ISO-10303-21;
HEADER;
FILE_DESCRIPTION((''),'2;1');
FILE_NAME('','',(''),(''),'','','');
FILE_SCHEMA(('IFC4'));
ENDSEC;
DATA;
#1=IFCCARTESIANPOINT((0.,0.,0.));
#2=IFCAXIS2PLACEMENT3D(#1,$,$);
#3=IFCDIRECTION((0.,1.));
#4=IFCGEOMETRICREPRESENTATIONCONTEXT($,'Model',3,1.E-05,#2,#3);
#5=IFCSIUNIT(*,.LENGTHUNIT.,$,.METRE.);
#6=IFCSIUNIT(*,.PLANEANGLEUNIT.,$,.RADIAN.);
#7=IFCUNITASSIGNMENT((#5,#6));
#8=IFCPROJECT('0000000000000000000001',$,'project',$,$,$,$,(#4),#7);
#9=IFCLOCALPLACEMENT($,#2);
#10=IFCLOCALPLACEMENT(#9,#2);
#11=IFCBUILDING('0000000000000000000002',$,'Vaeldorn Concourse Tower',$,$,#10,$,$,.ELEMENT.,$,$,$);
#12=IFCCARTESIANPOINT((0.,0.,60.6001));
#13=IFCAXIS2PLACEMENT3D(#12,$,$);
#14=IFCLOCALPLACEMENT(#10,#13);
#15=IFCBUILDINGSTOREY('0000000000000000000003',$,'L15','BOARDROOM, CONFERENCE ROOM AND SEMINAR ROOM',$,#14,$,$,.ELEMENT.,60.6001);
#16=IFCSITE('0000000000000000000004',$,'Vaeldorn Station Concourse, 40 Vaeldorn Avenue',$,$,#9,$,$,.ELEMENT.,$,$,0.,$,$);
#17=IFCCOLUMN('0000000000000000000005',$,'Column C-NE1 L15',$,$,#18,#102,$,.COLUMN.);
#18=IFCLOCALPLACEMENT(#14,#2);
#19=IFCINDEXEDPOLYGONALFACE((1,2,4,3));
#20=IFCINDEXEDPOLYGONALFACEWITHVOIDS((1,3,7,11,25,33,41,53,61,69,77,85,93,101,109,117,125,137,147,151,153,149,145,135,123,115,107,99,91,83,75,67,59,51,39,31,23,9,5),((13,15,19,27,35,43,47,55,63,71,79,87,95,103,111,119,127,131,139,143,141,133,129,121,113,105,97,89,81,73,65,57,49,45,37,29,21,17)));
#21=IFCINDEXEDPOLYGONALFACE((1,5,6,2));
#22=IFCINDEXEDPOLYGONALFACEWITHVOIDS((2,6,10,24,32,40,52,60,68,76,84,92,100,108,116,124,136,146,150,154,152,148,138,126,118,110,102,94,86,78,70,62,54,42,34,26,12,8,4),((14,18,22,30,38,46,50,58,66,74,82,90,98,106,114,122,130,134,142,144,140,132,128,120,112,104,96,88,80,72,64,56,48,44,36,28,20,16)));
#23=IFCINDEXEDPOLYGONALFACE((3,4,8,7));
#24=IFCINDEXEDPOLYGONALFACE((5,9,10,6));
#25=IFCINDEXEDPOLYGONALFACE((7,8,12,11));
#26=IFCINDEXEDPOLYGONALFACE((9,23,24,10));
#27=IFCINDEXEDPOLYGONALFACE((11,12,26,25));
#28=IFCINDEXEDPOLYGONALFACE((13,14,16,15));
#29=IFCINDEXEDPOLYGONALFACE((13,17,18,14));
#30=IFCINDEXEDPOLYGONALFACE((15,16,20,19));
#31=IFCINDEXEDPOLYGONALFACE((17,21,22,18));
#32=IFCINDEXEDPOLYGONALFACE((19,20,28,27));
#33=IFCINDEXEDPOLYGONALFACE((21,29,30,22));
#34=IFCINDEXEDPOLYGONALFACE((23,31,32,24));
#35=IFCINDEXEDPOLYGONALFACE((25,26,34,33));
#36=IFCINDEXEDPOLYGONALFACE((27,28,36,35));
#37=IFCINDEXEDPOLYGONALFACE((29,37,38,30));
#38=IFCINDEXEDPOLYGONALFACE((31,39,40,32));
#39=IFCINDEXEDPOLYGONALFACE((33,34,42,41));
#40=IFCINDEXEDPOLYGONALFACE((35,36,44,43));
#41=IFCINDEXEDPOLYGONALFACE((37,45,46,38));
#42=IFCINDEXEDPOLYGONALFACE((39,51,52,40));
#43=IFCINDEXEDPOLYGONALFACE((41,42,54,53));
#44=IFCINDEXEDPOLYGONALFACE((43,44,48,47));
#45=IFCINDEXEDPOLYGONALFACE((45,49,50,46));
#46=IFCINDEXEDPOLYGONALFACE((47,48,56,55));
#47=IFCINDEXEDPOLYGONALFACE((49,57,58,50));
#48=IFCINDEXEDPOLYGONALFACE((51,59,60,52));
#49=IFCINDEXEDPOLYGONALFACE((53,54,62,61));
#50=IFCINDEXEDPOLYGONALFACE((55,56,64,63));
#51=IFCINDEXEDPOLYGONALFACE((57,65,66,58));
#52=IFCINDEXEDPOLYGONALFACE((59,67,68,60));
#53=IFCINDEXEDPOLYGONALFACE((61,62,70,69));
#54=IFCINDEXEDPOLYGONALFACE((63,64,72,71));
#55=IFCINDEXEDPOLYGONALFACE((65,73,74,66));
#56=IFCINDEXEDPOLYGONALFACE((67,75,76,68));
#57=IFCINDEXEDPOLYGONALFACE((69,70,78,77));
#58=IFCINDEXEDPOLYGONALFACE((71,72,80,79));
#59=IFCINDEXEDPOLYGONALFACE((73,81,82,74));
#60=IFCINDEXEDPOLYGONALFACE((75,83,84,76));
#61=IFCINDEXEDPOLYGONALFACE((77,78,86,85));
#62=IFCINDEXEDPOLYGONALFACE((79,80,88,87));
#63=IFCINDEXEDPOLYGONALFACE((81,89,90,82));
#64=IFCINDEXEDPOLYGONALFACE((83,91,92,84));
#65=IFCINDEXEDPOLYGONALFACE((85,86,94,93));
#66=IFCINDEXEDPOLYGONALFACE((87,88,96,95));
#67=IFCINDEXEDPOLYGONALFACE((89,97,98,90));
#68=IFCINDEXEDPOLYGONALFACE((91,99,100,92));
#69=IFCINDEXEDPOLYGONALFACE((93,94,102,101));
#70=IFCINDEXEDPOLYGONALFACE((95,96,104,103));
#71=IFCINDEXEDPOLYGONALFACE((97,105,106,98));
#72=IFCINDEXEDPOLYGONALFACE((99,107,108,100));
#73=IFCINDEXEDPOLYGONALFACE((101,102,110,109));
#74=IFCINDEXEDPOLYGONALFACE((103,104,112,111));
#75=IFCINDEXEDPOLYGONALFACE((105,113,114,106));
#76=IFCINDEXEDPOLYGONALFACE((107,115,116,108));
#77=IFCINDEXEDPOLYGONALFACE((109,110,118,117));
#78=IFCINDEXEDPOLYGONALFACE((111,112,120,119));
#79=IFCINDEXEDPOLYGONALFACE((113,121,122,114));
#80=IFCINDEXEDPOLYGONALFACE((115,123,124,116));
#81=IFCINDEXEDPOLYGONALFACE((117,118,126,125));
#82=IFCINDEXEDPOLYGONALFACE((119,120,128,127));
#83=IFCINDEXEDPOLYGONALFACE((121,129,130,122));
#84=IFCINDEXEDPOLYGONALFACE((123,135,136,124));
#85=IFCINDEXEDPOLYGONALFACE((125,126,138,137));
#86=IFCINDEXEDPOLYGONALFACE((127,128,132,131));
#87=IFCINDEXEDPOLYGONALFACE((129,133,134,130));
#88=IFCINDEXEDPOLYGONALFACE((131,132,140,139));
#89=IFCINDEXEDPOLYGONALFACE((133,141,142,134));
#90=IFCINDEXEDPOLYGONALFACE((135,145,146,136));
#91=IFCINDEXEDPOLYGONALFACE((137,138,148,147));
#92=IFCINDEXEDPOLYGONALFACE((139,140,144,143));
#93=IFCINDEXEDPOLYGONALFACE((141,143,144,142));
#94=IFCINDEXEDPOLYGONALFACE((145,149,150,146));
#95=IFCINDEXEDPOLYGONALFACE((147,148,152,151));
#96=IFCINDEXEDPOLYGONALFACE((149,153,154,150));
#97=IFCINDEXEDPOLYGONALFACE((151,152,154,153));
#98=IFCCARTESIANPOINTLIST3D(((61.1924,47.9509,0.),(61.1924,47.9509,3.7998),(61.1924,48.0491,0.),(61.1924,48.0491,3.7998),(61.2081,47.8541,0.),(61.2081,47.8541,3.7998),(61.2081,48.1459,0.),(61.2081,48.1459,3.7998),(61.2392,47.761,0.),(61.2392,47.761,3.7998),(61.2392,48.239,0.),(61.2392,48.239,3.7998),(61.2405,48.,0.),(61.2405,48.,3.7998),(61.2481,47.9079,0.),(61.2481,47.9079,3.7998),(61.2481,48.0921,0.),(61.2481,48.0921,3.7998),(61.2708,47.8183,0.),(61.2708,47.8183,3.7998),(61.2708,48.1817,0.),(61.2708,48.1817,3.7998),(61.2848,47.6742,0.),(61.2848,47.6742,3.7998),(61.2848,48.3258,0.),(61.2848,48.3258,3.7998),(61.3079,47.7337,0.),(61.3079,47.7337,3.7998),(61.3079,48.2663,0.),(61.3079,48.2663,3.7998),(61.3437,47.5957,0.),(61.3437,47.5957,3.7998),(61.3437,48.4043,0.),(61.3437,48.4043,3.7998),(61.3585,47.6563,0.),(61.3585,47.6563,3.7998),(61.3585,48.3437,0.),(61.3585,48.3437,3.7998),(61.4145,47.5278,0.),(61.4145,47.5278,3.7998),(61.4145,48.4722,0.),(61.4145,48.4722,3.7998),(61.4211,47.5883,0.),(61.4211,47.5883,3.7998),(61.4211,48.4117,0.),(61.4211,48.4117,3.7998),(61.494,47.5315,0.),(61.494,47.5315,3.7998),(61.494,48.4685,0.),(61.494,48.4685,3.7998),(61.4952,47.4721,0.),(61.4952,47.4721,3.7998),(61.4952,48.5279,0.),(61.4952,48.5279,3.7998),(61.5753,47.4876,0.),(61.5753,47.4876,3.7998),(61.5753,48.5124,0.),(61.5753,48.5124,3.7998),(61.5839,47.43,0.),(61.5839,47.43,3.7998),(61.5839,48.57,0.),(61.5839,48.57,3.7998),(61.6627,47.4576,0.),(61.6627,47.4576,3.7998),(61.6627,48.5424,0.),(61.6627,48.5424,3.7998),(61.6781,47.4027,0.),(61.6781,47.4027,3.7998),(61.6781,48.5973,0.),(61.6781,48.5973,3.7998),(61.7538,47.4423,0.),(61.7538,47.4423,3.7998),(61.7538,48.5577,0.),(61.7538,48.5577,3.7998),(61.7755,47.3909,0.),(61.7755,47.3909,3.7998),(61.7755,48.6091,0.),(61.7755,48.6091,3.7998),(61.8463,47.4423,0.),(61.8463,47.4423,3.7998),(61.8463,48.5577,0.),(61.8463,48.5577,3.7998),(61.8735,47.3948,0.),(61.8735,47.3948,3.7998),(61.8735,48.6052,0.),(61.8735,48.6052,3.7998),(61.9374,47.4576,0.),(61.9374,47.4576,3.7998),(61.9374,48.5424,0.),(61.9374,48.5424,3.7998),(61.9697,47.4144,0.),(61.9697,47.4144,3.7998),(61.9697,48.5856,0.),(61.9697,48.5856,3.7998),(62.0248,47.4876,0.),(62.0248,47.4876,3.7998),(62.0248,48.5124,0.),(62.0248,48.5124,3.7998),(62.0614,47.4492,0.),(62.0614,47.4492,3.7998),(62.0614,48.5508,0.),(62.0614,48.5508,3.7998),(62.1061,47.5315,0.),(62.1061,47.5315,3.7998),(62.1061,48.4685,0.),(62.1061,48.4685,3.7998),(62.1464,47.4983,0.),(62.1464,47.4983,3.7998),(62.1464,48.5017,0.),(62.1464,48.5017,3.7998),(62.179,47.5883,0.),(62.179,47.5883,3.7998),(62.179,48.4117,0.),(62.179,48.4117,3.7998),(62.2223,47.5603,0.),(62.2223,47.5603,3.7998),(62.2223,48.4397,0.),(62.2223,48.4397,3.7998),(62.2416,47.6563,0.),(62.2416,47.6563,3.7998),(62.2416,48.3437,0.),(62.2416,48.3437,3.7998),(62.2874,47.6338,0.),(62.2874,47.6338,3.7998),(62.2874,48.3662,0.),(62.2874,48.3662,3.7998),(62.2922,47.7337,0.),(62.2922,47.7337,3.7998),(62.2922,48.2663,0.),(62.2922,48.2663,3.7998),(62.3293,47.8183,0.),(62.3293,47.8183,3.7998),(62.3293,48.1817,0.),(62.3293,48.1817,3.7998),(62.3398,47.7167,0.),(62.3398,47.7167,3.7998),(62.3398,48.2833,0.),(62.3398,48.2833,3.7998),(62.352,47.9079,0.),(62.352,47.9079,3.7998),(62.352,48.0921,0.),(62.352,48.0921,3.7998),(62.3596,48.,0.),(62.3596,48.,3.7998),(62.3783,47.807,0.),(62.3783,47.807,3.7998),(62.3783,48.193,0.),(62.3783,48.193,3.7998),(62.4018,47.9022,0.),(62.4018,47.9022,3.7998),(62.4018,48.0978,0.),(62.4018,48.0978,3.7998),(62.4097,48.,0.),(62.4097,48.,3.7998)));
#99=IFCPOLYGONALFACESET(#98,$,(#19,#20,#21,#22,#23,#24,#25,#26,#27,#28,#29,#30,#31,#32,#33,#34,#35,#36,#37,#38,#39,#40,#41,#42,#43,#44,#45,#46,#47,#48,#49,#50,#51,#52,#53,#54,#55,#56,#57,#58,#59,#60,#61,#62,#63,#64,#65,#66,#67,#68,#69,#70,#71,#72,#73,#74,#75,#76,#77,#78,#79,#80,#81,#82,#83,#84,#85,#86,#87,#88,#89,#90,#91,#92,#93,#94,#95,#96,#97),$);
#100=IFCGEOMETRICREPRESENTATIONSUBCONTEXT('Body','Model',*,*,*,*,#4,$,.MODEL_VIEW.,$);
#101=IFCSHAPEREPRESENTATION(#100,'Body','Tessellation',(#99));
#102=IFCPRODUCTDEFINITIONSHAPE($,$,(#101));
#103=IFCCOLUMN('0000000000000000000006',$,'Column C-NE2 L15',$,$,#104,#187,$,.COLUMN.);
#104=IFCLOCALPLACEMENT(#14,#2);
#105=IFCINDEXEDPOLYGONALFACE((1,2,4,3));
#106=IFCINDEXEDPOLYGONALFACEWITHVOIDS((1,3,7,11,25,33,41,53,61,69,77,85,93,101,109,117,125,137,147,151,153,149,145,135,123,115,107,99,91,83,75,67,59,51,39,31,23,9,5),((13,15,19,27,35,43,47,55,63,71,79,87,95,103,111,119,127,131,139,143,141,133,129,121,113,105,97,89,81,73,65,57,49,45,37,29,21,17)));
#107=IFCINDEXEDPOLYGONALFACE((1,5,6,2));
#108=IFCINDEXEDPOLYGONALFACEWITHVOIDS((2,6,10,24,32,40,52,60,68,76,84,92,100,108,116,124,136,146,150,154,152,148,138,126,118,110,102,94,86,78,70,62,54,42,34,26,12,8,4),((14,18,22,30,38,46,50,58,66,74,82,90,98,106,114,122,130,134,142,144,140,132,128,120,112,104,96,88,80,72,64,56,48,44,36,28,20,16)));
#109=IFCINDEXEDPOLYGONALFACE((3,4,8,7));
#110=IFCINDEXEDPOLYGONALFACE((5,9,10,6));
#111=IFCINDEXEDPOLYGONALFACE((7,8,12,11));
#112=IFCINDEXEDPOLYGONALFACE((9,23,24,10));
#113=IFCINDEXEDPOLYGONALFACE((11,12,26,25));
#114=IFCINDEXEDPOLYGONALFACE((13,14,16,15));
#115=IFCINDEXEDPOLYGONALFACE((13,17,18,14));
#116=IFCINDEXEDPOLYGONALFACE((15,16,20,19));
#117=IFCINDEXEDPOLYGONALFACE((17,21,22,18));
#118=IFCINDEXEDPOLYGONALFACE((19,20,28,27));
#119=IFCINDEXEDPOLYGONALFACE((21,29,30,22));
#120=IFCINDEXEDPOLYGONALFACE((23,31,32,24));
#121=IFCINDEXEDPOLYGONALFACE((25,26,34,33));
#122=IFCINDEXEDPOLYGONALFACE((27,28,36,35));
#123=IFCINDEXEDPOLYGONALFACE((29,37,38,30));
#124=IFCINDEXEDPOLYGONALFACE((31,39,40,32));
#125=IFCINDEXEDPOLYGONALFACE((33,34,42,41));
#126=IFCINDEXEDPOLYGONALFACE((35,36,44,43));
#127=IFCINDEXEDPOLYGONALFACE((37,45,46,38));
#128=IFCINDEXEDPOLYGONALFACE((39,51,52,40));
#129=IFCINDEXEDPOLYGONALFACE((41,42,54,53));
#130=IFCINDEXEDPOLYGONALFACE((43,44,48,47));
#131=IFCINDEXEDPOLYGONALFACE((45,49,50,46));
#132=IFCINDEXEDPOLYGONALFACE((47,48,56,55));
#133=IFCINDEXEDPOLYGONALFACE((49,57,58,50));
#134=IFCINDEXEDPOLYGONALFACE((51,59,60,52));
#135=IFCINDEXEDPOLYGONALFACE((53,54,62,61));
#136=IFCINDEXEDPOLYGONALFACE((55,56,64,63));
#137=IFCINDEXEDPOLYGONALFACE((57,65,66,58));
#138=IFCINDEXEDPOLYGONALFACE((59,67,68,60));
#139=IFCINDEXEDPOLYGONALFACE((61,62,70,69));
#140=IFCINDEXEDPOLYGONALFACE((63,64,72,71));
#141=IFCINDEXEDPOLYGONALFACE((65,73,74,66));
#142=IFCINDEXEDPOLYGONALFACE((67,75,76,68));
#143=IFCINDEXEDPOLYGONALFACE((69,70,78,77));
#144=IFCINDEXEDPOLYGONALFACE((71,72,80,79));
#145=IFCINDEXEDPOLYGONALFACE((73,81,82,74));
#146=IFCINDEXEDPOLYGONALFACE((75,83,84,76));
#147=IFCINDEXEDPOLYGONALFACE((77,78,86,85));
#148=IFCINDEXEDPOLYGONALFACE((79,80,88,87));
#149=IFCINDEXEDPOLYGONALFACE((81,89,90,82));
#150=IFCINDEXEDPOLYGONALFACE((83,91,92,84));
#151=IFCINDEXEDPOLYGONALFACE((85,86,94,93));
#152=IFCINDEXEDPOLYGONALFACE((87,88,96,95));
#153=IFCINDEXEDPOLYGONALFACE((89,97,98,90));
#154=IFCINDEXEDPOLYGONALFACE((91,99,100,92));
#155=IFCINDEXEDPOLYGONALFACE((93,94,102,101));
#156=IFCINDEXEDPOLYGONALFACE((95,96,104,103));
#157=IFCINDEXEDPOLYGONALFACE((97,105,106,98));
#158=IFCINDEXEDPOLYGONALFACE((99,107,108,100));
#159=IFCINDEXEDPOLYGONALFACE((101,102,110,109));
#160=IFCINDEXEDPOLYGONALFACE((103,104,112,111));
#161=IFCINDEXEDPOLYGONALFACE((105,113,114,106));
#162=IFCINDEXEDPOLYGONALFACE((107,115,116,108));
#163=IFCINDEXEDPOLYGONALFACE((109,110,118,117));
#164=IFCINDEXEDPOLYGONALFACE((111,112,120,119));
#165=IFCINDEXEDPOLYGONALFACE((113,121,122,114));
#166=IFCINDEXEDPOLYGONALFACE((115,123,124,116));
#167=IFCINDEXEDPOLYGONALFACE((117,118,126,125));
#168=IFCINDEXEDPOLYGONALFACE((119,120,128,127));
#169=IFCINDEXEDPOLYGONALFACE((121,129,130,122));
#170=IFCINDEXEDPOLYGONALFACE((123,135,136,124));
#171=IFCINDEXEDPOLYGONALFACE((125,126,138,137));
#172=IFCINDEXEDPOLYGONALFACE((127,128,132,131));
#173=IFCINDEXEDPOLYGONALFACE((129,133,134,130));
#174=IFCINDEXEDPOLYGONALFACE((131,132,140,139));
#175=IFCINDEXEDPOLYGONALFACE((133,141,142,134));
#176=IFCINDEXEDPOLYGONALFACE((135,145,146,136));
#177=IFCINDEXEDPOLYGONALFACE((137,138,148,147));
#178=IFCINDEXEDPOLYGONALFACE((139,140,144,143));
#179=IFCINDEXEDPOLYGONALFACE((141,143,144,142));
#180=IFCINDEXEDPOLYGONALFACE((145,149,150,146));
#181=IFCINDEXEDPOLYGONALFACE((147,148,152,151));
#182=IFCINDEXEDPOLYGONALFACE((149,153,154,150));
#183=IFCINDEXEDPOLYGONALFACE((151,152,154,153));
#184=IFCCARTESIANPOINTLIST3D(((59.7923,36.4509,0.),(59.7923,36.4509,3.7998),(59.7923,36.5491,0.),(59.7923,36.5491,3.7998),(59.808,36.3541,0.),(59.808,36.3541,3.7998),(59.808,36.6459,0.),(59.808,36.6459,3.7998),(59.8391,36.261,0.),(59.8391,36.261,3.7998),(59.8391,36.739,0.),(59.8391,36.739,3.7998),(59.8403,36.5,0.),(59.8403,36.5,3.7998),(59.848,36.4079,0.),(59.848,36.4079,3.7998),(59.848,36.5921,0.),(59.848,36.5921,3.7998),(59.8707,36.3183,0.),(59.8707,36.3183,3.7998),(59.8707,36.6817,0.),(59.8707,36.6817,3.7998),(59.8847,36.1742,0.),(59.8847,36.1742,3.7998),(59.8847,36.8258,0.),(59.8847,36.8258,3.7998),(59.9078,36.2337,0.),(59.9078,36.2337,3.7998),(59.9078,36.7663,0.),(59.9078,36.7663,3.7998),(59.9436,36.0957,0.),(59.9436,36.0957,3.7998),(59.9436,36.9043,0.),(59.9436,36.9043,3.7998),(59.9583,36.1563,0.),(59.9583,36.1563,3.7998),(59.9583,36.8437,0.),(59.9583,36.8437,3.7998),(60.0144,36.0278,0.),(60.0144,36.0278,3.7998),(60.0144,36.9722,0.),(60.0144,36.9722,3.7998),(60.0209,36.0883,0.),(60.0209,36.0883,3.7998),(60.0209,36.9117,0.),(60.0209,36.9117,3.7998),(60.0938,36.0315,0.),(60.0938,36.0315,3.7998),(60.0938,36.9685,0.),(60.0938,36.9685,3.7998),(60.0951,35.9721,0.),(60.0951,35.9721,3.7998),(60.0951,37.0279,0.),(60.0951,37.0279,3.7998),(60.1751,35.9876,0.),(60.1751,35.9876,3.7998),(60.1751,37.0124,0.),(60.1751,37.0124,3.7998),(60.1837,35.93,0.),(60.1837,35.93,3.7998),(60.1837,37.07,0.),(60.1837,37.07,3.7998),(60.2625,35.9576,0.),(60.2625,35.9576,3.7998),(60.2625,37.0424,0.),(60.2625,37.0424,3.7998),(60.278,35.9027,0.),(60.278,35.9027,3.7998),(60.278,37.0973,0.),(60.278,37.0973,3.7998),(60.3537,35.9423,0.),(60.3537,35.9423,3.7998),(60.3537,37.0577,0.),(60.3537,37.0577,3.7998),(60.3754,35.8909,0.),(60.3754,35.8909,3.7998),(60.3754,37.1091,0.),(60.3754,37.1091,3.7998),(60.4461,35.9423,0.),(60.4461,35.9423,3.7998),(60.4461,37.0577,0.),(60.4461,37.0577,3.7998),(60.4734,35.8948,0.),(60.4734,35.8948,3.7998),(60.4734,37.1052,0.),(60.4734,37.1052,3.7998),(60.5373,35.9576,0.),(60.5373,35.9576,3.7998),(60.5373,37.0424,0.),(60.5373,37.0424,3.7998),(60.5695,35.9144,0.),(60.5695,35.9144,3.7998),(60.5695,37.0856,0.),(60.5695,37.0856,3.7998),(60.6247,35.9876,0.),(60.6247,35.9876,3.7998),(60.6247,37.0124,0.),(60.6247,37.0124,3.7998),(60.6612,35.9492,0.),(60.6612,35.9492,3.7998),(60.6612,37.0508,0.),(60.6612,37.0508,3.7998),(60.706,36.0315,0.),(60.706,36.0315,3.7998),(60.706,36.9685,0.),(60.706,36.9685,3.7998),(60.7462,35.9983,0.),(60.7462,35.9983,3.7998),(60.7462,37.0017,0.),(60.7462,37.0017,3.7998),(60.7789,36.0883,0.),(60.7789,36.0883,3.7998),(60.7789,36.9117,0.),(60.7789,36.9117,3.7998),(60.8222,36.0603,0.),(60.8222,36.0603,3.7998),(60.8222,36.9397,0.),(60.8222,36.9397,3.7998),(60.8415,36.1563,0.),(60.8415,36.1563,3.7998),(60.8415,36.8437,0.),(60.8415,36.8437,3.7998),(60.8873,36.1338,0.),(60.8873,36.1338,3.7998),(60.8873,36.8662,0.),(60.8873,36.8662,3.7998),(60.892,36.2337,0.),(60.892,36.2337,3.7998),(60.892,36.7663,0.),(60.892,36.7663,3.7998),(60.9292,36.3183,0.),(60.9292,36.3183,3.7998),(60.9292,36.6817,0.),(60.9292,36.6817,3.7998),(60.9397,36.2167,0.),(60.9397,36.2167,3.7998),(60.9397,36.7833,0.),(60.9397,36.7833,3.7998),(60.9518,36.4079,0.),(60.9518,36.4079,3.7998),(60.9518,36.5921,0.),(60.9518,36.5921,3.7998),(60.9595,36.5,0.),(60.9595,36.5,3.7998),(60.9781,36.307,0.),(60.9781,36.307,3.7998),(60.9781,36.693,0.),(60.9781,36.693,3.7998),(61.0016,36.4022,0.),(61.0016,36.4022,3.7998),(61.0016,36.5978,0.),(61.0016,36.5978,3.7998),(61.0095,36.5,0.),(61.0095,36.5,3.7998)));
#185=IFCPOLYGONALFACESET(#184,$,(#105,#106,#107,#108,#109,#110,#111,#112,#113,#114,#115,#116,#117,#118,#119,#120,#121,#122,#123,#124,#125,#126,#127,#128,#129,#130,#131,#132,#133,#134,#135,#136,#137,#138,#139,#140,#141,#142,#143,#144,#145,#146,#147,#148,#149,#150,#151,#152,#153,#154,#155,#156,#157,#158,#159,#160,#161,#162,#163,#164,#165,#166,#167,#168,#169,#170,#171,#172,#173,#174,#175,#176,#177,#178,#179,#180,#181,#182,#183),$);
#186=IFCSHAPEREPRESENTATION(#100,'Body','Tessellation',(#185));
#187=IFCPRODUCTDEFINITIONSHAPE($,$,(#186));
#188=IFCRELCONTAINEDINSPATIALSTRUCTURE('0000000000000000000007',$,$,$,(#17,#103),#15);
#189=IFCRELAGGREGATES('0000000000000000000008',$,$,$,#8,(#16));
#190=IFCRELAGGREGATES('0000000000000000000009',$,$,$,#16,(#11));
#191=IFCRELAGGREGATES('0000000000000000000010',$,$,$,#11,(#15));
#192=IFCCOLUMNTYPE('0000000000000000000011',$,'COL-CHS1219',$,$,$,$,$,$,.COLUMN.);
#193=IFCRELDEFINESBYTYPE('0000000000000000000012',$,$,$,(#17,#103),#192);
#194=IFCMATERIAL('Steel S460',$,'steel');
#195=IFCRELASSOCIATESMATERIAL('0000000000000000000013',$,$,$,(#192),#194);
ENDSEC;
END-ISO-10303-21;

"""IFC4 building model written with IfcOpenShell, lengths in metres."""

from ifc_helpers import new_model, si_unit, direction, frame, origin, origin_2d, place, context, subcontext, project, spatial, hollow_circle, extrude, source, transform, mapped, material, material_profile, profile_set, type_object, element, save


model = new_model("IFC4")

# Units and contexts
model_context = context("Model", 3, precision=1e-05, world=origin(), true_north=direction((0.0, 1.0)))
body_context = subcontext(model_context, "Body", "Model", "MODEL_VIEW")
ifc_project = project(units=[si_unit("LENGTHUNIT", "METRE"), si_unit("PLANEANGLEUNIT", "RADIAN")], contexts=[model_context])

# Site, building, storey
site_placement = place(None, origin())
site = spatial("IfcSite", under=ifc_project, at=site_placement, Name="Vaeldorn Station Concourse, 40 Vaeldorn Avenue", CompositionType="ELEMENT", RefElevation=0.0)
building_placement = place(site_placement, origin())
building = spatial("IfcBuilding", under=site, at=building_placement, Name="Vaeldorn Concourse Tower", CompositionType="ELEMENT")
storey_placement = place(building_placement, frame((0.0, 0.0, 60.6001)))
storey = spatial("IfcBuildingStorey", under=building, at=storey_placement, Name="L15", Description="BOARDROOM, CONFERENCE ROOM AND SEMINAR ROOM", CompositionType="ELEMENT", Elevation=60.6001)

# Columns
ifc_material_1 = material(Name="Steel S460", Category="steel")
ifc_material_profile_1 = material_profile(ifc_material_1, hollow_circle(Radius=0.6096, WallThickness=0.05, at=origin_2d()), Name="CHS 1219x50")
ifc_profile_set_1 = profile_set([ifc_material_profile_1], Name="Steel S460")
column_type = type_object("IfcColumnType", Name="COL-CHS1219", PredefinedType="COLUMN", material=ifc_profile_set_1)
shared_shape_1 = source(origin(), body_context, "Body", "SweptSolid", [
    extrude(hollow_circle(Radius=0.6096, WallThickness=0.05, at=origin_2d()), origin(), (0.0, 0.0, 1.0), 3.7998),
])
for number, where, z_axis, x_axis, name in (
    (1, (61.8, 48.0, 0.0), (0.0, 0.0, 1.0), (1.0, 0.0, 0.0), "Column C-NE1 L15"),
    (2, (60.3999, 36.5, 0.0), (0.0, 0.0, 1.0), (1.0, 0.0, 0.0), "Column C-NE2 L15"),
):
    element("IfcColumn", number, at=place(storey_placement, frame(where, z_axis=z_axis, x_axis=x_axis)), inside=storey, type_object=column_type, Name=name, PredefinedType="COLUMN", context=body_context, shape_type="MappedRepresentation", body=[
        mapped(shared_shape_1, transform((0.0, 0.0, 0.0), scale=1.0)),
    ])

save(model, "model.ifc")
